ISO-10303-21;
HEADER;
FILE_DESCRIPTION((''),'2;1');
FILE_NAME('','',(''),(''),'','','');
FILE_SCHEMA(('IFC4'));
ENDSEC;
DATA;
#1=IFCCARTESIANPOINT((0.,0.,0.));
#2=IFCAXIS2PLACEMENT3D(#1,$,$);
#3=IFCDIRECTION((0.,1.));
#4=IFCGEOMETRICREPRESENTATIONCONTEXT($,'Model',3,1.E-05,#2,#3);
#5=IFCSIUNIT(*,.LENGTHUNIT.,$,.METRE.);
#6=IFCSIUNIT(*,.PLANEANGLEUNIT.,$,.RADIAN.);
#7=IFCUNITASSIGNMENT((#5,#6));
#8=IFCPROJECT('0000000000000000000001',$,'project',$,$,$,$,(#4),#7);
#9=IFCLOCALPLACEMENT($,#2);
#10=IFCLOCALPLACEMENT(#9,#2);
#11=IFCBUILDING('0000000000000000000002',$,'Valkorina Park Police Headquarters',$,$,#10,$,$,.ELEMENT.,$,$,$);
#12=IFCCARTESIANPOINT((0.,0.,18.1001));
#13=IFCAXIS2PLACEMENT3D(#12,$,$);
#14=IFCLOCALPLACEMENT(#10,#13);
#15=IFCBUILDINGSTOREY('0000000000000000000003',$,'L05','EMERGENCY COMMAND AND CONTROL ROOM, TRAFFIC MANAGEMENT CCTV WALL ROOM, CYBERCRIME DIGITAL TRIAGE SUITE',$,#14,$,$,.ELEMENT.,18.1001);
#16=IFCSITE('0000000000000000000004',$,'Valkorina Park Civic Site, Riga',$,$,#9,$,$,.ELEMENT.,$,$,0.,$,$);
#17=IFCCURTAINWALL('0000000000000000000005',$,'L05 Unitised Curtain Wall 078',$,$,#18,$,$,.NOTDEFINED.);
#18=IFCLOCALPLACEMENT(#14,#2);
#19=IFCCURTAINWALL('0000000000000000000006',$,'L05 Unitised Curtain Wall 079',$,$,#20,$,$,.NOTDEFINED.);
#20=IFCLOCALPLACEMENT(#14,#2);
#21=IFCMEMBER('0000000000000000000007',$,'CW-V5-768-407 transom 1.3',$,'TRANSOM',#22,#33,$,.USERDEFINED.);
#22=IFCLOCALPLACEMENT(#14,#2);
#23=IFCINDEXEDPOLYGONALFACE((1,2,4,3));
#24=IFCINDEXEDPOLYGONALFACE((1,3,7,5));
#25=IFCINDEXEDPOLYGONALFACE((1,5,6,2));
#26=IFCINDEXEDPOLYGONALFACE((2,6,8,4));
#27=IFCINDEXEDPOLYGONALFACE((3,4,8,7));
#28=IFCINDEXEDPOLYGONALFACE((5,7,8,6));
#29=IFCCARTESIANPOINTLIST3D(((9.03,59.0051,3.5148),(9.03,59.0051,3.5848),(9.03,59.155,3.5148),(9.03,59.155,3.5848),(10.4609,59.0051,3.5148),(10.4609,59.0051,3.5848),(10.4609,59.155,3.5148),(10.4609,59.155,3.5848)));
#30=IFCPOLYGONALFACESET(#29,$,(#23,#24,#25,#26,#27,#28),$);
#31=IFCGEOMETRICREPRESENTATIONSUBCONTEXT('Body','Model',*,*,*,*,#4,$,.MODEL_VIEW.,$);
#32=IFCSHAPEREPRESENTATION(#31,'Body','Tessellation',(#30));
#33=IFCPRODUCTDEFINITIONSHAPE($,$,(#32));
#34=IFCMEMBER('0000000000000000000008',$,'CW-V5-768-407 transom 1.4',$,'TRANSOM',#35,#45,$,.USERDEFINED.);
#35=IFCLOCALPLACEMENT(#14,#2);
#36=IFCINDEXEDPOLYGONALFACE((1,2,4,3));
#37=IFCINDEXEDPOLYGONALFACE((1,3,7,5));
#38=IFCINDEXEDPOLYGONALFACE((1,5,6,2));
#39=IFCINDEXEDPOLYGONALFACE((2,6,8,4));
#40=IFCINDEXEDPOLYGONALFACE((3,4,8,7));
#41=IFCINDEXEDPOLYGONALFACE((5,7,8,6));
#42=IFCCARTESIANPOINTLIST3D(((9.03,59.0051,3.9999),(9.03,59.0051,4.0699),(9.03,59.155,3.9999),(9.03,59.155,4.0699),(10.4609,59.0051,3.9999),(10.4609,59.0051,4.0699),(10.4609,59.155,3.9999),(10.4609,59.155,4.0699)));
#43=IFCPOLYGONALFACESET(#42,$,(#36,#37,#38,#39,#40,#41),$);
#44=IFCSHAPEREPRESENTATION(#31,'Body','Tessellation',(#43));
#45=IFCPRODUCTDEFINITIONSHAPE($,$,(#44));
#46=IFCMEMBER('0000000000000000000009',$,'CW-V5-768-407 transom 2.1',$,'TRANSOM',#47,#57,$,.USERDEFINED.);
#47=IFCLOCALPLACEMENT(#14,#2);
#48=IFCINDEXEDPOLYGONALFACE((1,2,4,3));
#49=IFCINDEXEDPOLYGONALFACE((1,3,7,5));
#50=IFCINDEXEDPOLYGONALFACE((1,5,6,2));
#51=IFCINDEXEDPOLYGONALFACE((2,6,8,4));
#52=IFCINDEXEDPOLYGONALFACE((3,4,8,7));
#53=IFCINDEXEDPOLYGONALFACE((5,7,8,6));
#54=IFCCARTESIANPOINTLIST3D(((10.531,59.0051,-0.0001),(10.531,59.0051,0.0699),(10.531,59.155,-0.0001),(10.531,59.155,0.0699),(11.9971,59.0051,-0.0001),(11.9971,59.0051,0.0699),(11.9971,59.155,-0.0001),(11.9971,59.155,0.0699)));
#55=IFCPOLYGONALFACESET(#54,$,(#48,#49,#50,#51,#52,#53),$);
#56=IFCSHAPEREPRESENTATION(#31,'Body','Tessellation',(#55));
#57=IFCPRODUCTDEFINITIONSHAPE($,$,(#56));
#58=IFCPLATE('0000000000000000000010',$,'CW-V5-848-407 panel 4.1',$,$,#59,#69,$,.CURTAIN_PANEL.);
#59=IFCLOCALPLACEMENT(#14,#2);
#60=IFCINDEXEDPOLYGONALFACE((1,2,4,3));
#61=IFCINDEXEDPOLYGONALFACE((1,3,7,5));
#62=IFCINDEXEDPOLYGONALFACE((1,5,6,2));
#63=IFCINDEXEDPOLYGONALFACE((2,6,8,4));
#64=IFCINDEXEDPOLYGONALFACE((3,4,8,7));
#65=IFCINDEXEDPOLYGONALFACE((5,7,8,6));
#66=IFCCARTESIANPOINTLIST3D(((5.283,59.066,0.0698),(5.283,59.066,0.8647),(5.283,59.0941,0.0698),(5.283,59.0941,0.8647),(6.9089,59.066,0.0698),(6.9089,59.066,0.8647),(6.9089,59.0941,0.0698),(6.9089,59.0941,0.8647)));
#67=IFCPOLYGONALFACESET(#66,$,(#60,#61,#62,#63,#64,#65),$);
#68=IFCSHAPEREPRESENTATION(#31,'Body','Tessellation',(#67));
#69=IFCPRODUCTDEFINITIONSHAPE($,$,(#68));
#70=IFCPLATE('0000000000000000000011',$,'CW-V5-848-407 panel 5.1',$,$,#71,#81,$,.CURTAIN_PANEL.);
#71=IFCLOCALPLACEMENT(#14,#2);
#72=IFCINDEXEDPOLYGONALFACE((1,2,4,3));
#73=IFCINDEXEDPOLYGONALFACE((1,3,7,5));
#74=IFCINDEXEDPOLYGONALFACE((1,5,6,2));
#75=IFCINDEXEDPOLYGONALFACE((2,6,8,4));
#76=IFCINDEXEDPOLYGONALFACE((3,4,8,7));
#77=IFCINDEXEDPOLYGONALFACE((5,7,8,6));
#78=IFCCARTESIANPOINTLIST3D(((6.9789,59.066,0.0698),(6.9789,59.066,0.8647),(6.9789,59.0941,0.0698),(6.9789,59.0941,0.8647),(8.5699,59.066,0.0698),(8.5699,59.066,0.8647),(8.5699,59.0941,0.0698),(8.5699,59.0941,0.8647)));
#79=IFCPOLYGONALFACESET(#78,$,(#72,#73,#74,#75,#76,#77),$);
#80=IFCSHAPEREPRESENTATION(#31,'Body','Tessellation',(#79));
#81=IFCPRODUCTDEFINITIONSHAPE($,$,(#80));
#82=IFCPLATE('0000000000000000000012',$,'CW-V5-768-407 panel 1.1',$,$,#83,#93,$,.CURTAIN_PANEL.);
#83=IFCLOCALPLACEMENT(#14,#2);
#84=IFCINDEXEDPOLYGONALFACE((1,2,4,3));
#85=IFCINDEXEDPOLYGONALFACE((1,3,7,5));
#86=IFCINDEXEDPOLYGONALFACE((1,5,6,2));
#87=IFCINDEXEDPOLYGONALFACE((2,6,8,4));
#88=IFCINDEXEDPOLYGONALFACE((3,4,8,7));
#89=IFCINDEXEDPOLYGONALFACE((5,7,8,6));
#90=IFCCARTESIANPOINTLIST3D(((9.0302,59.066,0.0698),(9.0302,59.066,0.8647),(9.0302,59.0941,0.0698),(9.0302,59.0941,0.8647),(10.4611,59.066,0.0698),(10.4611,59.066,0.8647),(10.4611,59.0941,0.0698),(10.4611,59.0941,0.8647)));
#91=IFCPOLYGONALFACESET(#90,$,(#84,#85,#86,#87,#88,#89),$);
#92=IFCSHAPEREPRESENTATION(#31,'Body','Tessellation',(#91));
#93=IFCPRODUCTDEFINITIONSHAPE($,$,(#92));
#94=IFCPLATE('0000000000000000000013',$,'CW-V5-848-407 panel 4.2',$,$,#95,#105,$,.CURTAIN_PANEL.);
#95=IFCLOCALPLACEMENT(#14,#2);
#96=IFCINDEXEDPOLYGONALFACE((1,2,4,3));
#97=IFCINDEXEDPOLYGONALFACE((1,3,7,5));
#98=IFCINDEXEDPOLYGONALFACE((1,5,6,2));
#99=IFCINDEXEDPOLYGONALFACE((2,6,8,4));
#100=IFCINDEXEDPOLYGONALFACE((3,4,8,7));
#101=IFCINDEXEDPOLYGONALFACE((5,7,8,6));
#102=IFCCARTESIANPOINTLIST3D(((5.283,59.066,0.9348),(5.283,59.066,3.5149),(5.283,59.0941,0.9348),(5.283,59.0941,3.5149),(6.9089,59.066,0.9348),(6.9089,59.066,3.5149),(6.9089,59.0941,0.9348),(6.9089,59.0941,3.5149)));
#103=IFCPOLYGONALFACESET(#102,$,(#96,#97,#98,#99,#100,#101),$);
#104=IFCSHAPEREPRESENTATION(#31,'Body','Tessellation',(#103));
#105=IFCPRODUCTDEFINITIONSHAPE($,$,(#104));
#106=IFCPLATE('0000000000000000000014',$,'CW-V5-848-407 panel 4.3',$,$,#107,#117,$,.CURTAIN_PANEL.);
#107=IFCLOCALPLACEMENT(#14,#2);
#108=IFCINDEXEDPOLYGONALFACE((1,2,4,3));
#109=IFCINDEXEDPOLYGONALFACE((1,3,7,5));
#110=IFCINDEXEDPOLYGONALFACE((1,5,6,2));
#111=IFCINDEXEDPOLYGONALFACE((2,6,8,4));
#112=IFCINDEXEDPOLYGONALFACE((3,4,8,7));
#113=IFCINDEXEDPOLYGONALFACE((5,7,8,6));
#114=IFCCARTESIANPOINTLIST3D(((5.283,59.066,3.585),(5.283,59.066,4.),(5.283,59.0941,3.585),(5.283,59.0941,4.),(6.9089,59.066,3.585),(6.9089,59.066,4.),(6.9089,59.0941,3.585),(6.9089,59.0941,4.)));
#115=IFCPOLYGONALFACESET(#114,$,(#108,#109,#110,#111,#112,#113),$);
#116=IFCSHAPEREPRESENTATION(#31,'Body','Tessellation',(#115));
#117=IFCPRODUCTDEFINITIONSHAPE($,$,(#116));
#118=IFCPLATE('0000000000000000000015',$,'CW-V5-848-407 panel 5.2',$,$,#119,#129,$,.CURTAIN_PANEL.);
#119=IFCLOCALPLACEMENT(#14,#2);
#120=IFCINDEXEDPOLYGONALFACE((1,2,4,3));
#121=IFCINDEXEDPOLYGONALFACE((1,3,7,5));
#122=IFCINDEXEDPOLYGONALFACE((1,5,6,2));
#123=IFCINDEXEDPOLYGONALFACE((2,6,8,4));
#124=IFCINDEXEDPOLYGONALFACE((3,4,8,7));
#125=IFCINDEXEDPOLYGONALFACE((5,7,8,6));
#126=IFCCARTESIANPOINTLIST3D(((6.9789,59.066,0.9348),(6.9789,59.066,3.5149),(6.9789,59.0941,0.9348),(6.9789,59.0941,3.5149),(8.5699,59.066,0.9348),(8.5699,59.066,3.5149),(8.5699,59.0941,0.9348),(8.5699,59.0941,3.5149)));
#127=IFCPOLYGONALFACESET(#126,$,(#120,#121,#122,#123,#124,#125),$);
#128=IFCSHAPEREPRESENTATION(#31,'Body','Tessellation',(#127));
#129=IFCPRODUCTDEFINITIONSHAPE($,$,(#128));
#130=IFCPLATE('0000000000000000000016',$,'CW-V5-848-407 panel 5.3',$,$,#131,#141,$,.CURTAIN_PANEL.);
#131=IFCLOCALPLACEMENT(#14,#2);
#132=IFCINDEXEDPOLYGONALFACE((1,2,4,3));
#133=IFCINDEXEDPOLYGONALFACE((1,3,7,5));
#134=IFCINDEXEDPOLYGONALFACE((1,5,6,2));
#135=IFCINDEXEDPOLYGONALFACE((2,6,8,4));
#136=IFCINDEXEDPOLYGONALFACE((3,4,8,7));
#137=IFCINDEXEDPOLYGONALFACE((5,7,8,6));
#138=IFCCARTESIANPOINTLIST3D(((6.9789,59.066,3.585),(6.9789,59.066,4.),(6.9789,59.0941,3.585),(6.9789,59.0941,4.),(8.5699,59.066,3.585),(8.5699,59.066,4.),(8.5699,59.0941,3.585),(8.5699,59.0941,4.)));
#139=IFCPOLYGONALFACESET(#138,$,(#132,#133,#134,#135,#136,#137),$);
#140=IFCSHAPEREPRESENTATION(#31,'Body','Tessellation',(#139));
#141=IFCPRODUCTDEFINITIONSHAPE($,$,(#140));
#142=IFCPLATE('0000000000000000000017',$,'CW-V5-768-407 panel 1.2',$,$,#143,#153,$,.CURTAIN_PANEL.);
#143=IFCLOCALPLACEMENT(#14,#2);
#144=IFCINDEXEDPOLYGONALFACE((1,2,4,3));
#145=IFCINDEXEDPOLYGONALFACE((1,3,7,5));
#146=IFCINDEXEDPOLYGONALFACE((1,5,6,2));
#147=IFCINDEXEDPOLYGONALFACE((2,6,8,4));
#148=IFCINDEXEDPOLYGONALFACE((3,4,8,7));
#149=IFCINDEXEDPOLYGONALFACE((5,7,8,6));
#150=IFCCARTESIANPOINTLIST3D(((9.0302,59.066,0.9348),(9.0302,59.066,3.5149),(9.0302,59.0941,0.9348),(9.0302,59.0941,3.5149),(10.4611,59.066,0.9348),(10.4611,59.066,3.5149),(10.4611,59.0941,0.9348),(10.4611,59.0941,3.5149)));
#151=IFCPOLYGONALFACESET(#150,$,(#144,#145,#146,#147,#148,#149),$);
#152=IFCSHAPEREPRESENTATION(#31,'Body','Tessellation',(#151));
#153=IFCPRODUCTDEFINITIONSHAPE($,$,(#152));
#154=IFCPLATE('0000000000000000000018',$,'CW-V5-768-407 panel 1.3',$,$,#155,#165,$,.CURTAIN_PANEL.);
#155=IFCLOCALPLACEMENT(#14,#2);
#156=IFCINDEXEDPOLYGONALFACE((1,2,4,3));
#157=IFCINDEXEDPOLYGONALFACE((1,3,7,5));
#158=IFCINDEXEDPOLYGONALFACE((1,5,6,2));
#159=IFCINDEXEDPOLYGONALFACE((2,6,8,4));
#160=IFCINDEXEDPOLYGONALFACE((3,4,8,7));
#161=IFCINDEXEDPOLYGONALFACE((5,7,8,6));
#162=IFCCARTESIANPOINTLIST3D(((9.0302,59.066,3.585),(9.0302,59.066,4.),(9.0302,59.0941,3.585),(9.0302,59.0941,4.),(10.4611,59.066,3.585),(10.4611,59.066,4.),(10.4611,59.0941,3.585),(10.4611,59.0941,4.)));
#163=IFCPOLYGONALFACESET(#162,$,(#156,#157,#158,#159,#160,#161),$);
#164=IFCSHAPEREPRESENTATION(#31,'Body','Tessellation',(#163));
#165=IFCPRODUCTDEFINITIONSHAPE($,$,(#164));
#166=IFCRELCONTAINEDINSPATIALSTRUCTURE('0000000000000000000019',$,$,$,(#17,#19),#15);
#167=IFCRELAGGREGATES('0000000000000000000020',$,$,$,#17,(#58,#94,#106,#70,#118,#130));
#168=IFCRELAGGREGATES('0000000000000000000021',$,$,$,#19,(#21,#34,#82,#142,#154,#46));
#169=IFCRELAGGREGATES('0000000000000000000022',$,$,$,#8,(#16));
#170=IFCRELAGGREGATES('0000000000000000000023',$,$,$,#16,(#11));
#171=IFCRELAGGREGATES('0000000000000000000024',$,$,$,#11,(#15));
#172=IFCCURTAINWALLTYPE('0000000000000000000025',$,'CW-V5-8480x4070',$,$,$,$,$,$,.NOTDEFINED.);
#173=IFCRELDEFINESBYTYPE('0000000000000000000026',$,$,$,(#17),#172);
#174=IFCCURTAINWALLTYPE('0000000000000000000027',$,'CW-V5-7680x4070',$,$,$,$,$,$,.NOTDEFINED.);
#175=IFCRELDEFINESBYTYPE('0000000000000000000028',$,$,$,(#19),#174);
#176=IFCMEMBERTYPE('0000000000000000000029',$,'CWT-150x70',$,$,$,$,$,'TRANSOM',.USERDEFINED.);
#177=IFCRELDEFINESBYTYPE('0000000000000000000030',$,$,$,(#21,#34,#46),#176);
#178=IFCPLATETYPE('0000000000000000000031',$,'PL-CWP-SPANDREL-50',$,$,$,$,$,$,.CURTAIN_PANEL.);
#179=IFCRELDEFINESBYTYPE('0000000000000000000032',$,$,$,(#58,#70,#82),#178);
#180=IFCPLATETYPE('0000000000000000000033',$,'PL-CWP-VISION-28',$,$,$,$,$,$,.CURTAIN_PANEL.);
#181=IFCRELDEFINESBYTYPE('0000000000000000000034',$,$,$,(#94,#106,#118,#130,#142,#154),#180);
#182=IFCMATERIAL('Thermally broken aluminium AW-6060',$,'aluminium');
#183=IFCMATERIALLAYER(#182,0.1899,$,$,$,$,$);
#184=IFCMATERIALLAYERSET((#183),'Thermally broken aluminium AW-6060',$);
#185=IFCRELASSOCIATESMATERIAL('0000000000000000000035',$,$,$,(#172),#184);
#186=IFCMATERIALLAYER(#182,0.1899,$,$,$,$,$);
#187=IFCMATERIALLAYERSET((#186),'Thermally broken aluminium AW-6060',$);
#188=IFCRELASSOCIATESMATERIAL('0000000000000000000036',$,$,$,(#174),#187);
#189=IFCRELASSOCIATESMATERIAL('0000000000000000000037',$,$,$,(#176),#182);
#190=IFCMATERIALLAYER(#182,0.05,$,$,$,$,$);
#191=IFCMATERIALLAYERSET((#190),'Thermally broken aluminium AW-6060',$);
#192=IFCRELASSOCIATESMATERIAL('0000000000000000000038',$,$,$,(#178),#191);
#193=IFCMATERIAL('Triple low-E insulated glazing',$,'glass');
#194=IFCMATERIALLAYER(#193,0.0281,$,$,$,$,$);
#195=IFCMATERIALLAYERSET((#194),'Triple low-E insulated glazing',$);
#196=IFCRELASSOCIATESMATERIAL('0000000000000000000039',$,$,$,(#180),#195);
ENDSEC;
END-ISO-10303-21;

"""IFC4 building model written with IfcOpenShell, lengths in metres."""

from ifc_helpers import new_model, si_unit, direction, frame, origin, origin_2d, place, context, subcontext, project, spatial, rectangle, extrude, material, layer, layer_set, material_profile, profile_set, type_object, element, aggregate, save


model = new_model("IFC4")

# Units and contexts
model_context = context("Model", 3, precision=1e-05, world=origin(), true_north=direction((0.0, 1.0)))
body_context = subcontext(model_context, "Body", "Model", "MODEL_VIEW")
ifc_project = project(units=[si_unit("LENGTHUNIT", "METRE"), si_unit("PLANEANGLEUNIT", "RADIAN")], contexts=[model_context])

# Site, building, storey
site_placement = place(None, origin())
site = spatial("IfcSite", under=ifc_project, at=site_placement, Name="Valkorina Park Civic Site, Riga", CompositionType="ELEMENT", RefElevation=0.0)
building_placement = place(site_placement, origin())
building = spatial("IfcBuilding", under=site, at=building_placement, Name="Valkorina Park Police Headquarters", CompositionType="ELEMENT")
storey_placement = place(building_placement, frame((0.0, 0.0, 18.1001)))
storey = spatial("IfcBuildingStorey", under=building, at=storey_placement, Name="L05", Description="EMERGENCY COMMAND AND CONTROL ROOM, TRAFFIC MANAGEMENT CCTV WALL ROOM, CYBERCRIME DIGITAL TRIAGE SUITE", CompositionType="ELEMENT", Elevation=18.1001)

# Curtain walls
ifc_material_1 = material(Name="Thermally broken aluminium AW-6060", Category="aluminium")
ifc_layer_1 = layer(ifc_material_1, 0.1899)
ifc_layer_set_1 = layer_set([ifc_layer_1], Name="Thermally broken aluminium AW-6060")
curtain_wall_type_1 = type_object("IfcCurtainWallType", Name="CW-V5-8480x4070", PredefinedType="NOTDEFINED", material=ifc_layer_set_1)
curtain_wall_1_placement = place(storey_placement, origin())
curtain_wall_1 = element("IfcCurtainWall", 1, at=curtain_wall_1_placement, inside=storey, type_object=curtain_wall_type_1, Name="L05 Unitised Curtain Wall 078", PredefinedType="NOTDEFINED")
ifc_layer_2 = layer(ifc_material_1, 0.1899)
ifc_layer_set_2 = layer_set([ifc_layer_2], Name="Thermally broken aluminium AW-6060")
curtain_wall_type_2 = type_object("IfcCurtainWallType", Name="CW-V5-7680x4070", PredefinedType="NOTDEFINED", material=ifc_layer_set_2)
curtain_wall_2_placement = place(storey_placement, origin())
curtain_wall_2 = element("IfcCurtainWall", 2, at=curtain_wall_2_placement, inside=storey, type_object=curtain_wall_type_2, Name="L05 Unitised Curtain Wall 079", PredefinedType="NOTDEFINED")

# Members
ifc_material_profile_1 = material_profile(ifc_material_1, rectangle(XDim=0.1499, YDim=0.0701, at=origin_2d()), Name="CWT-02 150x70")
ifc_profile_set_1 = profile_set([ifc_material_profile_1], Name="Thermally broken aluminium AW-6060")
member_type_1 = type_object("IfcMemberType", Name="CWT-150x70", ElementType="TRANSOM", PredefinedType="USERDEFINED", material=ifc_profile_set_1)
member_1_placement = place(storey_placement, frame((9.03, 59.0801, 3.5498), z_axis=(1.0, 0.0, 0.0), x_axis=(0.0, 1.0, 0.0)))
member_1 = element("IfcMember", 3, at=member_1_placement, type_object=member_type_1, Name="CW-V5-768-407 transom 1.3", ObjectType="TRANSOM", PredefinedType="USERDEFINED", context=body_context, shape_type="SweptSolid", body=[
    extrude(rectangle(XDim=0.1499, YDim=0.0701, at=origin_2d()), origin(), (0.0, 0.0, 1.0), 1.4309),
])
member_2_placement = place(storey_placement, frame((9.03, 59.0801, 4.0349), z_axis=(1.0, 0.0, 0.0), x_axis=(0.0, 1.0, 0.0)))
member_2 = element("IfcMember", 4, at=member_2_placement, type_object=member_type_1, Name="CW-V5-768-407 transom 1.4", ObjectType="TRANSOM", PredefinedType="USERDEFINED", context=body_context, shape_type="SweptSolid", body=[
    extrude(rectangle(XDim=0.1499, YDim=0.0701, at=origin_2d()), origin(), (0.0, 0.0, 1.0), 1.4309),
])
member_3_placement = place(storey_placement, frame((10.531, 59.0801, 0.0349), z_axis=(1.0, 0.0, 0.0), x_axis=(0.0, 1.0, 0.0)))
member_3 = element("IfcMember", 5, at=member_3_placement, type_object=member_type_1, Name="CW-V5-768-407 transom 2.1", ObjectType="TRANSOM", PredefinedType="USERDEFINED", context=body_context, shape_type="SweptSolid", body=[
    extrude(rectangle(XDim=0.1499, YDim=0.0701, at=origin_2d()), origin(), (0.0, 0.0, 1.0), 1.4661),
])

# Plates
ifc_layer_3 = layer(ifc_material_1, 0.05)
ifc_layer_set_3 = layer_set([ifc_layer_3], Name="Thermally broken aluminium AW-6060")
plate_type_1 = type_object("IfcPlateType", Name="PL-CWP-SPANDREL-50", PredefinedType="CURTAIN_PANEL", material=ifc_layer_set_3)
plate_1_placement = place(storey_placement, frame((6.0959, 59.0801, 0.0698), z_axis=(0.0, 0.0, 1.0), x_axis=(1.0, 0.0, 0.0)))
plate_1 = element("IfcPlate", 6, at=plate_1_placement, type_object=plate_type_1, Name="CW-V5-848-407 panel 4.1", PredefinedType="CURTAIN_PANEL", context=body_context, shape_type="SweptSolid", body=[
    extrude(rectangle(XDim=1.626, YDim=0.0281, at=origin_2d()), origin(), (0.0, 0.0, 1.0), 0.7949),
])
plate_2_placement = place(storey_placement, frame((7.7744, 59.0801, 0.0698), z_axis=(0.0, 0.0, 1.0), x_axis=(1.0, 0.0, 0.0)))
plate_2 = element("IfcPlate", 7, at=plate_2_placement, type_object=plate_type_1, Name="CW-V5-848-407 panel 5.1", PredefinedType="CURTAIN_PANEL", context=body_context, shape_type="SweptSolid", body=[
    extrude(rectangle(XDim=1.5911, YDim=0.0281, at=origin_2d()), origin(), (0.0, 0.0, 1.0), 0.7949),
])
plate_3_placement = place(storey_placement, frame((9.7456, 59.0801, 0.0698), z_axis=(0.0, 0.0, 1.0), x_axis=(1.0, 0.0, 0.0)))
plate_3 = element("IfcPlate", 8, at=plate_3_placement, type_object=plate_type_1, Name="CW-V5-768-407 panel 1.1", PredefinedType="CURTAIN_PANEL", context=body_context, shape_type="SweptSolid", body=[
    extrude(rectangle(XDim=1.4309, YDim=0.0281, at=origin_2d()), origin(), (0.0, 0.0, 1.0), 0.7949),
])
ifc_material_2 = material(Name="Triple low-E insulated glazing", Category="glass")
ifc_layer_4 = layer(ifc_material_2, 0.0281)
ifc_layer_set_4 = layer_set([ifc_layer_4], Name="Triple low-E insulated glazing")
plate_type_2 = type_object("IfcPlateType", Name="PL-CWP-VISION-28", PredefinedType="CURTAIN_PANEL", material=ifc_layer_set_4)
plate_4_placement = place(storey_placement, frame((6.0959, 59.0801, 0.9348), z_axis=(0.0, 0.0, 1.0), x_axis=(1.0, 0.0, 0.0)))
plate_4 = element("IfcPlate", 9, at=plate_4_placement, type_object=plate_type_2, Name="CW-V5-848-407 panel 4.2", PredefinedType="CURTAIN_PANEL", context=body_context, shape_type="SweptSolid", body=[
    extrude(rectangle(XDim=1.626, YDim=0.0281, at=origin_2d()), origin(), (0.0, 0.0, 1.0), 2.5801),
])
plate_5_placement = place(storey_placement, frame((6.0959, 59.0801, 3.585), z_axis=(0.0, 0.0, 1.0), x_axis=(1.0, 0.0, 0.0)))
plate_5 = element("IfcPlate", 10, at=plate_5_placement, type_object=plate_type_2, Name="CW-V5-848-407 panel 4.3", PredefinedType="CURTAIN_PANEL", context=body_context, shape_type="SweptSolid", body=[
    extrude(rectangle(XDim=1.626, YDim=0.0281, at=origin_2d()), origin(), (0.0, 0.0, 1.0), 0.415),
])
plate_6_placement = place(storey_placement, frame((7.7744, 59.0801, 0.9348), z_axis=(0.0, 0.0, 1.0), x_axis=(1.0, 0.0, 0.0)))
plate_6 = element("IfcPlate", 11, at=plate_6_placement, type_object=plate_type_2, Name="CW-V5-848-407 panel 5.2", PredefinedType="CURTAIN_PANEL", context=body_context, shape_type="SweptSolid", body=[
    extrude(rectangle(XDim=1.5911, YDim=0.0281, at=origin_2d()), origin(), (0.0, 0.0, 1.0), 2.5801),
])
plate_7_placement = place(storey_placement, frame((7.7744, 59.0801, 3.585), z_axis=(0.0, 0.0, 1.0), x_axis=(1.0, 0.0, 0.0)))
plate_7 = element("IfcPlate", 12, at=plate_7_placement, type_object=plate_type_2, Name="CW-V5-848-407 panel 5.3", PredefinedType="CURTAIN_PANEL", context=body_context, shape_type="SweptSolid", body=[
    extrude(rectangle(XDim=1.5911, YDim=0.0281, at=origin_2d()), origin(), (0.0, 0.0, 1.0), 0.415),
])
aggregate(curtain_wall_1, [plate_1, plate_4, plate_5, plate_2, plate_6, plate_7])
plate_8_placement = place(storey_placement, frame((9.7456, 59.0801, 0.9348), z_axis=(0.0, 0.0, 1.0), x_axis=(1.0, 0.0, 0.0)))
plate_8 = element("IfcPlate", 13, at=plate_8_placement, type_object=plate_type_2, Name="CW-V5-768-407 panel 1.2", PredefinedType="CURTAIN_PANEL", context=body_context, shape_type="SweptSolid", body=[
    extrude(rectangle(XDim=1.4309, YDim=0.0281, at=origin_2d()), origin(), (0.0, 0.0, 1.0), 2.5801),
])
plate_9_placement = place(storey_placement, frame((9.7456, 59.0801, 3.585), z_axis=(0.0, 0.0, 1.0), x_axis=(1.0, 0.0, 0.0)))
plate_9 = element("IfcPlate", 14, at=plate_9_placement, type_object=plate_type_2, Name="CW-V5-768-407 panel 1.3", PredefinedType="CURTAIN_PANEL", context=body_context, shape_type="SweptSolid", body=[
    extrude(rectangle(XDim=1.4309, YDim=0.0281, at=origin_2d()), origin(), (0.0, 0.0, 1.0), 0.415),
])
aggregate(curtain_wall_2, [member_1, member_2, plate_3, plate_8, plate_9, member_3])

save(model, "model.ifc")
